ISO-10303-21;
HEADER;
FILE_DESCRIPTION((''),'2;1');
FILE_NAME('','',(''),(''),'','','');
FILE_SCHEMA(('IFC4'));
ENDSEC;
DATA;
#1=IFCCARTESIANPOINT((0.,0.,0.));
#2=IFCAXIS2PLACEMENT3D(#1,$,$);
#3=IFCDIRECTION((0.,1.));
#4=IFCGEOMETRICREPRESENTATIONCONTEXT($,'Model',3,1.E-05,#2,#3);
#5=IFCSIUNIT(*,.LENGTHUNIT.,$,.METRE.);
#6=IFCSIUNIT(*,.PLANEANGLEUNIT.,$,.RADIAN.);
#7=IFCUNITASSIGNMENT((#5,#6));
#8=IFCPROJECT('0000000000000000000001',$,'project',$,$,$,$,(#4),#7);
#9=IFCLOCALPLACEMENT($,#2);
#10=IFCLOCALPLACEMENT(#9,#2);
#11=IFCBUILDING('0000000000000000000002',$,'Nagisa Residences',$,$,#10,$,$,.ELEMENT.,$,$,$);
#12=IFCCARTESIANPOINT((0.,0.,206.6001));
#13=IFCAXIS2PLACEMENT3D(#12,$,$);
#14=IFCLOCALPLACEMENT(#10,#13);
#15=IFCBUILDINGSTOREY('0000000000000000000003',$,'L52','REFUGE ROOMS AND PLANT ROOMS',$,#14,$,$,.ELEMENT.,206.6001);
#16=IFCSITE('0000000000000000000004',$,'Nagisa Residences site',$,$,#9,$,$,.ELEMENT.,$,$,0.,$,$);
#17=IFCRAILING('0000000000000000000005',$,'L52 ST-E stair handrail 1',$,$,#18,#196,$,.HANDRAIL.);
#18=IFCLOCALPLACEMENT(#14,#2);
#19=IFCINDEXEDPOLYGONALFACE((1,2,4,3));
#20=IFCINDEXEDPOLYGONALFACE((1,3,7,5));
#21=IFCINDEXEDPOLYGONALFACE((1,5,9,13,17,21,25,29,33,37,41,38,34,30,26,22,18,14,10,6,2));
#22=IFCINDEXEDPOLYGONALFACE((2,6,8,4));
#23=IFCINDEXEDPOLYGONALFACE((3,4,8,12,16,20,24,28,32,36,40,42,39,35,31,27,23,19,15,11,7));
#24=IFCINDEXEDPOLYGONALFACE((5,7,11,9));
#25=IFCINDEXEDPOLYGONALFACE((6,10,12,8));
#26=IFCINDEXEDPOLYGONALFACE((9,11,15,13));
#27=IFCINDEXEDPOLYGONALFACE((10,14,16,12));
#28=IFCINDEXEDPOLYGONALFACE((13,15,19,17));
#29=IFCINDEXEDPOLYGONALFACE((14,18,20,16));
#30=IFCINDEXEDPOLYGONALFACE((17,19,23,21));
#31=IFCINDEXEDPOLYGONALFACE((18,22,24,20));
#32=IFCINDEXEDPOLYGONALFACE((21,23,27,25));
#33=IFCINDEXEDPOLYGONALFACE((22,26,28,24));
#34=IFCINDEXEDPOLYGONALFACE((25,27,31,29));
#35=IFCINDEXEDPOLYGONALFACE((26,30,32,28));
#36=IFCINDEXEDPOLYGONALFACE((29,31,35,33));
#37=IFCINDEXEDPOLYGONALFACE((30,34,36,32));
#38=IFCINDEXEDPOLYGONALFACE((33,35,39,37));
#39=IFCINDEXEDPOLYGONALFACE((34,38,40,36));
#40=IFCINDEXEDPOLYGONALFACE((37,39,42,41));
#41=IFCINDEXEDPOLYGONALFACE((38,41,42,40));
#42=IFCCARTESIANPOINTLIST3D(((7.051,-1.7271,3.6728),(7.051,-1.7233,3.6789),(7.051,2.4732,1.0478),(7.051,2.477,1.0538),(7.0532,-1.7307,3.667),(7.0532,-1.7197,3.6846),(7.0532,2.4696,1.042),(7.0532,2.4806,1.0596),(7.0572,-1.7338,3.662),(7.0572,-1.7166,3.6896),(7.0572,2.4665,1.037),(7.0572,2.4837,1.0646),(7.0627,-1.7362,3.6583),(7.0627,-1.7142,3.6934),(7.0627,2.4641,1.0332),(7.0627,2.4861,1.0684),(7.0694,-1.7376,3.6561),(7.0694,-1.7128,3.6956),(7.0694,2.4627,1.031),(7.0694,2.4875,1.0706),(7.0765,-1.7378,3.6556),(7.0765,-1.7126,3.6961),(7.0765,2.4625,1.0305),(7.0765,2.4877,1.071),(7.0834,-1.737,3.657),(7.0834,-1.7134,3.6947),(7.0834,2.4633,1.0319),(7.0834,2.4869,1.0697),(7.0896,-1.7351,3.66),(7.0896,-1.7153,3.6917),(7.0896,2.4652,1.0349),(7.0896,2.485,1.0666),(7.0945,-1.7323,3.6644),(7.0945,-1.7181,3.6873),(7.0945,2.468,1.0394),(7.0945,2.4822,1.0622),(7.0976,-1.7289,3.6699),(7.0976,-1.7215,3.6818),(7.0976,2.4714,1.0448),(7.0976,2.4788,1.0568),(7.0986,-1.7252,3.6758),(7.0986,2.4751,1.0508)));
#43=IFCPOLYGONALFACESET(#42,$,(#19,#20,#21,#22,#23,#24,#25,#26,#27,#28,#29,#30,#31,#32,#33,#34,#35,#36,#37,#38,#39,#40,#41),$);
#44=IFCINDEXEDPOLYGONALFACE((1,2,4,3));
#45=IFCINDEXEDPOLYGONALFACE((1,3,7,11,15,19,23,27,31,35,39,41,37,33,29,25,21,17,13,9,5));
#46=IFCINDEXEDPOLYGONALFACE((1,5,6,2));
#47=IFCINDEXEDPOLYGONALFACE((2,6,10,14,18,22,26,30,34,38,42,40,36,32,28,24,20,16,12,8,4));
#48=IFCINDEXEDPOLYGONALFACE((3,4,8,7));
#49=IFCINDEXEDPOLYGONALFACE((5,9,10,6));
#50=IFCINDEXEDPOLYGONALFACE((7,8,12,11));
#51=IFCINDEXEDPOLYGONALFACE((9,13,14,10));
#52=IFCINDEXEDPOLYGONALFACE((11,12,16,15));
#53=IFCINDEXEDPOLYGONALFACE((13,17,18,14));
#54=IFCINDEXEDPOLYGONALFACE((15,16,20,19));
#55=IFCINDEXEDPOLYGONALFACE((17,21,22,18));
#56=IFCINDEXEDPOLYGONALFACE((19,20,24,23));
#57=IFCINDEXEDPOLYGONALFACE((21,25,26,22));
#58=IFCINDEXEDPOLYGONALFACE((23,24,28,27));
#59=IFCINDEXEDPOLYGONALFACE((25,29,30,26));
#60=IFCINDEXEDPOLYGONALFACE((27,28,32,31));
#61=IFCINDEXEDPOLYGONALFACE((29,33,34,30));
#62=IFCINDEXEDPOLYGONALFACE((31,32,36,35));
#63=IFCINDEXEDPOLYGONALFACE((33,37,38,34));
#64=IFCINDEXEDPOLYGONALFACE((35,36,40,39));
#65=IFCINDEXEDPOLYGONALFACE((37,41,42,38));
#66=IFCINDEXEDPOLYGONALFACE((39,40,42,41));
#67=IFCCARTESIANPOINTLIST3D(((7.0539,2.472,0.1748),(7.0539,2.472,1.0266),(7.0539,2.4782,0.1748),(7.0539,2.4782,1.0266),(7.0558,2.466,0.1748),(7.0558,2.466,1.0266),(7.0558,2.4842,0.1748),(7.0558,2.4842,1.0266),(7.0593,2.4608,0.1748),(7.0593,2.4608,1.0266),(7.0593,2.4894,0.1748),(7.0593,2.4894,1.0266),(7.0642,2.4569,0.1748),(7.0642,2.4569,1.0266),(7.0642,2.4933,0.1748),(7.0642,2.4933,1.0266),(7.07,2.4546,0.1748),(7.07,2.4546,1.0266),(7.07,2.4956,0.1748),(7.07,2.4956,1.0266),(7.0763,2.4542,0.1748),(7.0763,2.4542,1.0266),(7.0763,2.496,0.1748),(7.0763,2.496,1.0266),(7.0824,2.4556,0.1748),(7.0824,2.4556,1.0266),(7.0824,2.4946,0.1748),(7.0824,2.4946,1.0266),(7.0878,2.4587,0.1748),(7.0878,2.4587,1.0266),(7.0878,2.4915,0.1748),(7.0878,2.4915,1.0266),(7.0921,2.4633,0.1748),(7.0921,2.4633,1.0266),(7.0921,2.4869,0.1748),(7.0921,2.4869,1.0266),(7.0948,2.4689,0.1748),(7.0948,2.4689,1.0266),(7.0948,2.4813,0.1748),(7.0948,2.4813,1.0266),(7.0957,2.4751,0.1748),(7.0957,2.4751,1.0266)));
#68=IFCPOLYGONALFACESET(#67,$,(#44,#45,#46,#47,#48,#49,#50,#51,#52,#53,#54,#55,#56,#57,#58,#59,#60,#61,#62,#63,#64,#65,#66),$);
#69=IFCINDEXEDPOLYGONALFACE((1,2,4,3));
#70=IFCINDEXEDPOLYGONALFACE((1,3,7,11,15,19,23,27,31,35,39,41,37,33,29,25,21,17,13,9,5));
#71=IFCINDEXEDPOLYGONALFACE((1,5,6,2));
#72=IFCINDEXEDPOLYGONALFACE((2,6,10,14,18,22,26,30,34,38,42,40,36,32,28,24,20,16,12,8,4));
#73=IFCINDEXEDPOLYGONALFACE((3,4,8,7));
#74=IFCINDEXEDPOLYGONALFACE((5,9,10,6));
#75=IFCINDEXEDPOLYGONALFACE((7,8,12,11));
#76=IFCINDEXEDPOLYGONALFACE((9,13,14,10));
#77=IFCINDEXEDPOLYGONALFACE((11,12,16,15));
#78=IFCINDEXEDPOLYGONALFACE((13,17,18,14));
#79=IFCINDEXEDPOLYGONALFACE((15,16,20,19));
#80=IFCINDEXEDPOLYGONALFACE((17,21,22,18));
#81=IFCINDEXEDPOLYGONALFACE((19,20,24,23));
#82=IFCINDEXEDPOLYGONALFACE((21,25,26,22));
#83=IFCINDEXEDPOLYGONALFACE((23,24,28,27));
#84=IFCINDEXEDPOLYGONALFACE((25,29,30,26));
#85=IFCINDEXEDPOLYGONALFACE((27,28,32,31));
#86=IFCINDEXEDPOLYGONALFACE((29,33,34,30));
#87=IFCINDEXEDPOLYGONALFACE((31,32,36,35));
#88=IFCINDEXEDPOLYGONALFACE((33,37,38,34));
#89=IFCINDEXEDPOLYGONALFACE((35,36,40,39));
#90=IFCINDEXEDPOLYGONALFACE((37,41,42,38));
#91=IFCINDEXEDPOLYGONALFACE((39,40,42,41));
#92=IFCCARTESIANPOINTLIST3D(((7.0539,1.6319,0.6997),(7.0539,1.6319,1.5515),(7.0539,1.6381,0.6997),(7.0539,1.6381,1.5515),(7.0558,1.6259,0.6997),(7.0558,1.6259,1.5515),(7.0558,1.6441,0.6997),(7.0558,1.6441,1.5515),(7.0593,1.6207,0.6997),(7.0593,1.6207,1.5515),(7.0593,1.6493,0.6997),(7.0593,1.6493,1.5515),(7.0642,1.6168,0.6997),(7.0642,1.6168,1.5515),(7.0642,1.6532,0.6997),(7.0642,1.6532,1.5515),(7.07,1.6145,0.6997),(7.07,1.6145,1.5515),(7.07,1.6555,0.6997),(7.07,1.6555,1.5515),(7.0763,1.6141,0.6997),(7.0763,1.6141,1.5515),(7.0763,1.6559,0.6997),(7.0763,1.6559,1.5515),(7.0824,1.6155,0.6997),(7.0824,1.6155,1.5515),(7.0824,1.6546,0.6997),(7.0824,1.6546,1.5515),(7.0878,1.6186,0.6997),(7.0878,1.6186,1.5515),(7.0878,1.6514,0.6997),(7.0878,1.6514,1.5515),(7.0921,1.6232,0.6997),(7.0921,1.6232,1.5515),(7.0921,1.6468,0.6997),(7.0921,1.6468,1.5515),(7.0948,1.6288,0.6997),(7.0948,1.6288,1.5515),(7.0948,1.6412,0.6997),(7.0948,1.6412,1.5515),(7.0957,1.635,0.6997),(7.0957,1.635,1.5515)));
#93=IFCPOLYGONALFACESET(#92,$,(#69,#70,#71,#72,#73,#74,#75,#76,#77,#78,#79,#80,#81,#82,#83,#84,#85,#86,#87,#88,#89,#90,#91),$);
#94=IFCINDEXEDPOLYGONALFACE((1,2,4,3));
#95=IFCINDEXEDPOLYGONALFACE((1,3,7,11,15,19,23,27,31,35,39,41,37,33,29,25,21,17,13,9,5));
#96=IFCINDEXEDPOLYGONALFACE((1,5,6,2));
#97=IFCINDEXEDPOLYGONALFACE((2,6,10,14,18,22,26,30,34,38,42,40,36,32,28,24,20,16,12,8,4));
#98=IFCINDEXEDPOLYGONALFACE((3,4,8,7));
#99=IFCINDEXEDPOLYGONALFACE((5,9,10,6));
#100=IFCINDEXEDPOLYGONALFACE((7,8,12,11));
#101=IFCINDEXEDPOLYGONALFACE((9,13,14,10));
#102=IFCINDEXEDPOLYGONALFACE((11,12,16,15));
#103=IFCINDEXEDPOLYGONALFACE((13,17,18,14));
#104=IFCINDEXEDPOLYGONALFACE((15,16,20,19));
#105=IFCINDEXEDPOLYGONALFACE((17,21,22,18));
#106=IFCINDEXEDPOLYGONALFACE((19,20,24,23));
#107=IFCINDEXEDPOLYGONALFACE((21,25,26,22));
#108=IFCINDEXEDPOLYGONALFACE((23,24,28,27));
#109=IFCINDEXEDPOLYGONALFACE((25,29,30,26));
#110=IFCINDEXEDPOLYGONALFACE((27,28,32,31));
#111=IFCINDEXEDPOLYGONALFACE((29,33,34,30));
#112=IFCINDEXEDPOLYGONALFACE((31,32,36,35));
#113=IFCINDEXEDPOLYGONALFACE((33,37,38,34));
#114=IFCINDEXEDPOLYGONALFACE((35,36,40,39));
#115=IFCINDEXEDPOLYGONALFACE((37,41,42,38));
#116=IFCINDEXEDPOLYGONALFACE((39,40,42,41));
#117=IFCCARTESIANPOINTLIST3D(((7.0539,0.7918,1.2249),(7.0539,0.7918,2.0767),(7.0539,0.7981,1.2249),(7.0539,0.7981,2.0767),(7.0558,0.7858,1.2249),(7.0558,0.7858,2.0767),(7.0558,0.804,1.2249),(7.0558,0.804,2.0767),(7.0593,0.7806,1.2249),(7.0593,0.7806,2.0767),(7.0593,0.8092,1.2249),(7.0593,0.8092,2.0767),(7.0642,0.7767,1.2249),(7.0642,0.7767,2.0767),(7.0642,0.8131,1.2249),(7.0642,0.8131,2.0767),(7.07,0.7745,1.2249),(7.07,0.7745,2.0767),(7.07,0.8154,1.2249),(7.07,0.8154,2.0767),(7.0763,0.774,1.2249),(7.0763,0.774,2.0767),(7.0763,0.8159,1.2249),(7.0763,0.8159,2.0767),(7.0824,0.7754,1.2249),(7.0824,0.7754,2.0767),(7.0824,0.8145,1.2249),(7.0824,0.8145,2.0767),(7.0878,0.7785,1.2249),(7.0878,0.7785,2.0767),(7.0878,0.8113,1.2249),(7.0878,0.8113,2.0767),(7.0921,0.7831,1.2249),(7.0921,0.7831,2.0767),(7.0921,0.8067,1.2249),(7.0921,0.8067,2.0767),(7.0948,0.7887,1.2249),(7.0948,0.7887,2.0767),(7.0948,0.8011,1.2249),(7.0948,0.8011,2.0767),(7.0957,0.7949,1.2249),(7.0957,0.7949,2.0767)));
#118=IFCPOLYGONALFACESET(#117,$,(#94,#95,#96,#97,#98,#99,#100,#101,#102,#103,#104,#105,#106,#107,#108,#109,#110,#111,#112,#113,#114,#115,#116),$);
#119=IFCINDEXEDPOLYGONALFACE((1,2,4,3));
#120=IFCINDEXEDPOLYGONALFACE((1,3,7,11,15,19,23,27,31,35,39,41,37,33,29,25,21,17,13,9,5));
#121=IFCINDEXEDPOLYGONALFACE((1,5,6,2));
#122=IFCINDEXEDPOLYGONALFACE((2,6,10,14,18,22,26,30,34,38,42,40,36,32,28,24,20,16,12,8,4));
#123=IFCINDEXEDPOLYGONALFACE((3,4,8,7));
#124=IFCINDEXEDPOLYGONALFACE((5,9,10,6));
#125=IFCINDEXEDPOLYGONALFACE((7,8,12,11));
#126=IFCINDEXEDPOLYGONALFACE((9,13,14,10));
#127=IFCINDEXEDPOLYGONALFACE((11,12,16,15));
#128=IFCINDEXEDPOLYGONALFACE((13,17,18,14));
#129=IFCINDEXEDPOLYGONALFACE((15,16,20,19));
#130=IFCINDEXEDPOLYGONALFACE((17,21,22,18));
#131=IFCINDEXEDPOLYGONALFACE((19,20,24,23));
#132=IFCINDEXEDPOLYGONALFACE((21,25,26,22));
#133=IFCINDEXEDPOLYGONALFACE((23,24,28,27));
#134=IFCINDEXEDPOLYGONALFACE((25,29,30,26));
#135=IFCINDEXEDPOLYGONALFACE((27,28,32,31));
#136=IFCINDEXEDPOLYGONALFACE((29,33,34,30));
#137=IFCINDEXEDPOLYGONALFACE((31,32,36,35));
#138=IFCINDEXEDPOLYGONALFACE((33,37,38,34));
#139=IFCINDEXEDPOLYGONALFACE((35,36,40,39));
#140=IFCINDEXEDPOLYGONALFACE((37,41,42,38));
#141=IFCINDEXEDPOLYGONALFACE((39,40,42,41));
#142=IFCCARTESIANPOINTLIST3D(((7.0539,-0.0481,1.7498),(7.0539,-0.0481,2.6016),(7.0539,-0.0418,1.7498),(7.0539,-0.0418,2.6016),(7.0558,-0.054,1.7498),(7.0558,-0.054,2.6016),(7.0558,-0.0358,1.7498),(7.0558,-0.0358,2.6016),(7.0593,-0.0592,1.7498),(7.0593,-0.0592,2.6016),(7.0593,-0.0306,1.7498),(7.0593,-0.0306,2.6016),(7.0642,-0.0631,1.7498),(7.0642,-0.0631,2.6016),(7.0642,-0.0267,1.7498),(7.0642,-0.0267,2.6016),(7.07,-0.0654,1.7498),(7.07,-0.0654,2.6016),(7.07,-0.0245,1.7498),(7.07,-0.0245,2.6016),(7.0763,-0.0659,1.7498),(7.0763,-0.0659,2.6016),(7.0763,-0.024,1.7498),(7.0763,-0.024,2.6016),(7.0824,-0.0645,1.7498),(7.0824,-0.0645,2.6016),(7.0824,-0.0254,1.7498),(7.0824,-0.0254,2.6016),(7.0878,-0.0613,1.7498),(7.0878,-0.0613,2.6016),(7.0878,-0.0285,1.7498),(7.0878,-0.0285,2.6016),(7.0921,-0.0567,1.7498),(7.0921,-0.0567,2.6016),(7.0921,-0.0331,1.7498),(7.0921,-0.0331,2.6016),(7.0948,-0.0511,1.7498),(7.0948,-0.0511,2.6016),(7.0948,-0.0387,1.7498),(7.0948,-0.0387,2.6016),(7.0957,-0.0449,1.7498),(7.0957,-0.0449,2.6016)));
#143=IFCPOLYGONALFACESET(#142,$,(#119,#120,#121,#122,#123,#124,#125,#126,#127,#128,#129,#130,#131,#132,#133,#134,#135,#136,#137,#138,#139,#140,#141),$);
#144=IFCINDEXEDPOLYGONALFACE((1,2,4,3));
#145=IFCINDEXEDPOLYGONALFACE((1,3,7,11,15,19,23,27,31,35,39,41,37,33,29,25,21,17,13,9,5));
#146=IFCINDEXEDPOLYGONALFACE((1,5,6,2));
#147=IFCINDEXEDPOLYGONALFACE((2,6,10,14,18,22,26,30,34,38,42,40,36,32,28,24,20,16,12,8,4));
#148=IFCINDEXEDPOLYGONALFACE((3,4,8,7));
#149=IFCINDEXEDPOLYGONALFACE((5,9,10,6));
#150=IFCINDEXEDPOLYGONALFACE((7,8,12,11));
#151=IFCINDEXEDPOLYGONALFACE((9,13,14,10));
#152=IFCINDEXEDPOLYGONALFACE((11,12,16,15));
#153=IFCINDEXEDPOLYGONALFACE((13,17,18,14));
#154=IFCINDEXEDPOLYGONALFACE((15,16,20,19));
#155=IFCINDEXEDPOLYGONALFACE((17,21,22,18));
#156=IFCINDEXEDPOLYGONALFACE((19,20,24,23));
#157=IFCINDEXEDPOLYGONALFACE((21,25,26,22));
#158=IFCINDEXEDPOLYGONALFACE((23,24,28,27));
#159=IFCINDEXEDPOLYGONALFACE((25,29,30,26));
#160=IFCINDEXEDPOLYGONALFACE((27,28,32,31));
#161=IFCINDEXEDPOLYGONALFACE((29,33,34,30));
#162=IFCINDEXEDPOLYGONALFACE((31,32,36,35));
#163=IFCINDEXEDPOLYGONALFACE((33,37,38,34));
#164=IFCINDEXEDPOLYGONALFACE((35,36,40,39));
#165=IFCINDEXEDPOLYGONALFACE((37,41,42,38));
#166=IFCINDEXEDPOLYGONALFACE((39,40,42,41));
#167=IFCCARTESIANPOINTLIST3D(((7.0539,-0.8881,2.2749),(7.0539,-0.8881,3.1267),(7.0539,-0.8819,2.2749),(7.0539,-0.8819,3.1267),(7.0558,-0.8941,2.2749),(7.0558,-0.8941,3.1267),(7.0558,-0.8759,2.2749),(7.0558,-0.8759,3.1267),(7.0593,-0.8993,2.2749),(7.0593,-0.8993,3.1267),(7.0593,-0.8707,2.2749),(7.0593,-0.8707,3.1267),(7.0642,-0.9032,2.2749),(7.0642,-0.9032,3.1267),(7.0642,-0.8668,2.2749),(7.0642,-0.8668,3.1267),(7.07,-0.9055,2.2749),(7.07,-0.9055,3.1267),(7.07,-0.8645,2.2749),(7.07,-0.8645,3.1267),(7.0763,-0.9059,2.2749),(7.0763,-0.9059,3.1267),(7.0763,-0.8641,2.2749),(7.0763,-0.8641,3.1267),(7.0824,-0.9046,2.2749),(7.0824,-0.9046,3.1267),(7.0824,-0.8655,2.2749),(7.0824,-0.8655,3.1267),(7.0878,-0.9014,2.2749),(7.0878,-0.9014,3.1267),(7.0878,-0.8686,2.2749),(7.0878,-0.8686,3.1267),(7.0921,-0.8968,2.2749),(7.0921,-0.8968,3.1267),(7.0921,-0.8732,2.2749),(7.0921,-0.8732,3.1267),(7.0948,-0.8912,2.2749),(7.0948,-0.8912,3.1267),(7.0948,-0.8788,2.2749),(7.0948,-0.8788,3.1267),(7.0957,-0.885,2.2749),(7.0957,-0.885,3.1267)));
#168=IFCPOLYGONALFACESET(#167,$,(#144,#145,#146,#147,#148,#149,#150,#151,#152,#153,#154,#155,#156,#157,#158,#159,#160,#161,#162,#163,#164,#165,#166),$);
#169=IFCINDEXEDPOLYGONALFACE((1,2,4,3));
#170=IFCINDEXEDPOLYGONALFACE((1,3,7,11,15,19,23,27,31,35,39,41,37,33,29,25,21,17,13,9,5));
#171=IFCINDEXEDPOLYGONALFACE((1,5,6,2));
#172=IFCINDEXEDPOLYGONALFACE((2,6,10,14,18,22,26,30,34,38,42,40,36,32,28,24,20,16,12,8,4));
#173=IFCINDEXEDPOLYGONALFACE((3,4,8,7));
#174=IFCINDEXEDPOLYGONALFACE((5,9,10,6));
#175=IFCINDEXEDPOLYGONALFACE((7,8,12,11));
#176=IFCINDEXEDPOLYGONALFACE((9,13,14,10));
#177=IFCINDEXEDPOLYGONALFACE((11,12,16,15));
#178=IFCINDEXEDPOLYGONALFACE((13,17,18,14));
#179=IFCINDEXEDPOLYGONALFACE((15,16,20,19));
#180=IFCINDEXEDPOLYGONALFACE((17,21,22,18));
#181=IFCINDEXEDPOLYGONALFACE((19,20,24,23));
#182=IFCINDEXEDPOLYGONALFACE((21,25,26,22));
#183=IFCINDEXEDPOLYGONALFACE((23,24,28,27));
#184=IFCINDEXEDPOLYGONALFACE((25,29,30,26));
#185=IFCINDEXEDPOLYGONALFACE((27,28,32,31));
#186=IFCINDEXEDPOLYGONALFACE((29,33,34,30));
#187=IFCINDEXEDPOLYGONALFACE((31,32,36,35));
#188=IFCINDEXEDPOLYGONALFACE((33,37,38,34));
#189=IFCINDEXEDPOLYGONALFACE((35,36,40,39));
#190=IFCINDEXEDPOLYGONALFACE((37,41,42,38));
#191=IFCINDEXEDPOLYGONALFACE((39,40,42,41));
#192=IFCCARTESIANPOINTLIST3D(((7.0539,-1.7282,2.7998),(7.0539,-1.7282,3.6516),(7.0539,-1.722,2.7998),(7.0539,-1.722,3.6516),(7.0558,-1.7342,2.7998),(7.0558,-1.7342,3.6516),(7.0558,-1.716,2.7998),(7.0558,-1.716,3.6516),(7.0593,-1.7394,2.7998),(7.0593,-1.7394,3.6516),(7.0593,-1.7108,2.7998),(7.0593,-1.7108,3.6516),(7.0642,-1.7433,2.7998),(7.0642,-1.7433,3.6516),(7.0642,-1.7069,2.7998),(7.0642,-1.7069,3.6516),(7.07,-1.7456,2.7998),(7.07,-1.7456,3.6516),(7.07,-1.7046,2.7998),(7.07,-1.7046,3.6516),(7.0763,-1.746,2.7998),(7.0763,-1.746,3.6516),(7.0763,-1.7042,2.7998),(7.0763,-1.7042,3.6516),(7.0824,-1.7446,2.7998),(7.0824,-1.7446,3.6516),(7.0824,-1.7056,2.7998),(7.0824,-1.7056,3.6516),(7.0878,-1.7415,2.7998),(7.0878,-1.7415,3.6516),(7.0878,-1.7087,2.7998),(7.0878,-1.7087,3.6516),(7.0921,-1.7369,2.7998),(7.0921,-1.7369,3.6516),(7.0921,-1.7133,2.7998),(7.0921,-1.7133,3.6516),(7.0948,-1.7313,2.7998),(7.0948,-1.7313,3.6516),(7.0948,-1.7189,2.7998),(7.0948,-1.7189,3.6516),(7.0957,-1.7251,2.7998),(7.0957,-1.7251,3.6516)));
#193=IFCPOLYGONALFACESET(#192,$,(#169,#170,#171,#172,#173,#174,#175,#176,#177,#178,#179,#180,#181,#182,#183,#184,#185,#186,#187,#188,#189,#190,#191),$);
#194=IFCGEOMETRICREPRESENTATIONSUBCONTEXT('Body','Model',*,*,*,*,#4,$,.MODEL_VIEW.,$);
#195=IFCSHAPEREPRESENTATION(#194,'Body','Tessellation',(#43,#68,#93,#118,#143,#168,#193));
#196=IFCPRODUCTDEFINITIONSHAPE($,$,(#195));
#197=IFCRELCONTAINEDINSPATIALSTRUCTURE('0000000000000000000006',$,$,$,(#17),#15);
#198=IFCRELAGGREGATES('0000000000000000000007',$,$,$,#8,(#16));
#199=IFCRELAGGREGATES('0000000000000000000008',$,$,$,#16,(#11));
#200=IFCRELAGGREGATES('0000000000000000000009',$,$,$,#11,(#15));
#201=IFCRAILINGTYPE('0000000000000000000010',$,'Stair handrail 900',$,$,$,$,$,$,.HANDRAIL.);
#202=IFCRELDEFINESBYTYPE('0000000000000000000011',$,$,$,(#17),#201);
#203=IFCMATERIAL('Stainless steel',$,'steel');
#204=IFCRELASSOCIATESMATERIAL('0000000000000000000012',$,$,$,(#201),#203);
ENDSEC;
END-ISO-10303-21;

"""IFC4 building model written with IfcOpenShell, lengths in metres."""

from ifc_helpers import new_model, si_unit, direction, frame, origin, origin_2d, place, context, subcontext, project, spatial, circle, extrude, material, type_object, element, save


model = new_model("IFC4")

# Units and contexts
model_context = context("Model", 3, precision=1e-05, world=origin(), true_north=direction((0.0, 1.0)))
body_context = subcontext(model_context, "Body", "Model", "MODEL_VIEW")
ifc_project = project(units=[si_unit("LENGTHUNIT", "METRE"), si_unit("PLANEANGLEUNIT", "RADIAN")], contexts=[model_context])

# Site, building, storey
site_placement = place(None, origin())
site = spatial("IfcSite", under=ifc_project, at=site_placement, Name="Nagisa Residences site", CompositionType="ELEMENT", RefElevation=0.0)
building_placement = place(site_placement, origin())
building = spatial("IfcBuilding", under=site, at=building_placement, Name="Nagisa Residences", CompositionType="ELEMENT")
storey_placement = place(building_placement, frame((0.0, 0.0, 206.6001)))
storey = spatial("IfcBuildingStorey", under=building, at=storey_placement, Name="L52", Description="REFUGE ROOMS AND PLANT ROOMS", CompositionType="ELEMENT", Elevation=206.6001)

# Railing
ifc_material_1 = material(Name="Stainless steel", Category="steel")
railing_type_1 = type_object("IfcRailingType", Name="Stair handrail 900", PredefinedType="HANDRAIL", material=ifc_material_1)
railing_1_placement = place(storey_placement, frame((7.0747, 2.4751, 0.1748)))
element("IfcRailing", 1, at=railing_1_placement, inside=storey, type_object=railing_type_1, Name="L52 ST-E stair handrail 1", PredefinedType="HANDRAIL", context=body_context, shape_type="SweptSolid", body=[
    extrude(circle(Radius=0.0239, at=origin_2d()), frame((0.0, 0.0, 0.876), z_axis=(0.0, -0.848009, 0.529981), x_axis=(1.0, 0.0, 0.0)), (0.0, 0.0, 1.0), 4.9531),
    extrude(circle(Radius=0.021, at=origin_2d()), origin(), (0.0, 0.0, 1.0), 0.8518),
    extrude(circle(Radius=0.021, at=origin_2d()), frame((0.0, -0.8401, 0.5249)), (0.0, 0.0, 1.0), 0.8518),
    extrude(circle(Radius=0.021, at=origin_2d()), frame((0.0, -1.6802, 1.05)), (0.0, 0.0, 1.0), 0.8518),
    extrude(circle(Radius=0.021, at=origin_2d()), frame((0.0, -2.52, 1.575)), (0.0, 0.0, 1.0), 0.8518),
    extrude(circle(Radius=0.021, at=origin_2d()), frame((0.0, -3.3601, 2.1001)), (0.0, 0.0, 1.0), 0.8518),
    extrude(circle(Radius=0.021, at=origin_2d()), frame((0.0, -4.2002, 2.625)), (0.0, 0.0, 1.0), 0.8518),
])

save(model, "model.ifc")
